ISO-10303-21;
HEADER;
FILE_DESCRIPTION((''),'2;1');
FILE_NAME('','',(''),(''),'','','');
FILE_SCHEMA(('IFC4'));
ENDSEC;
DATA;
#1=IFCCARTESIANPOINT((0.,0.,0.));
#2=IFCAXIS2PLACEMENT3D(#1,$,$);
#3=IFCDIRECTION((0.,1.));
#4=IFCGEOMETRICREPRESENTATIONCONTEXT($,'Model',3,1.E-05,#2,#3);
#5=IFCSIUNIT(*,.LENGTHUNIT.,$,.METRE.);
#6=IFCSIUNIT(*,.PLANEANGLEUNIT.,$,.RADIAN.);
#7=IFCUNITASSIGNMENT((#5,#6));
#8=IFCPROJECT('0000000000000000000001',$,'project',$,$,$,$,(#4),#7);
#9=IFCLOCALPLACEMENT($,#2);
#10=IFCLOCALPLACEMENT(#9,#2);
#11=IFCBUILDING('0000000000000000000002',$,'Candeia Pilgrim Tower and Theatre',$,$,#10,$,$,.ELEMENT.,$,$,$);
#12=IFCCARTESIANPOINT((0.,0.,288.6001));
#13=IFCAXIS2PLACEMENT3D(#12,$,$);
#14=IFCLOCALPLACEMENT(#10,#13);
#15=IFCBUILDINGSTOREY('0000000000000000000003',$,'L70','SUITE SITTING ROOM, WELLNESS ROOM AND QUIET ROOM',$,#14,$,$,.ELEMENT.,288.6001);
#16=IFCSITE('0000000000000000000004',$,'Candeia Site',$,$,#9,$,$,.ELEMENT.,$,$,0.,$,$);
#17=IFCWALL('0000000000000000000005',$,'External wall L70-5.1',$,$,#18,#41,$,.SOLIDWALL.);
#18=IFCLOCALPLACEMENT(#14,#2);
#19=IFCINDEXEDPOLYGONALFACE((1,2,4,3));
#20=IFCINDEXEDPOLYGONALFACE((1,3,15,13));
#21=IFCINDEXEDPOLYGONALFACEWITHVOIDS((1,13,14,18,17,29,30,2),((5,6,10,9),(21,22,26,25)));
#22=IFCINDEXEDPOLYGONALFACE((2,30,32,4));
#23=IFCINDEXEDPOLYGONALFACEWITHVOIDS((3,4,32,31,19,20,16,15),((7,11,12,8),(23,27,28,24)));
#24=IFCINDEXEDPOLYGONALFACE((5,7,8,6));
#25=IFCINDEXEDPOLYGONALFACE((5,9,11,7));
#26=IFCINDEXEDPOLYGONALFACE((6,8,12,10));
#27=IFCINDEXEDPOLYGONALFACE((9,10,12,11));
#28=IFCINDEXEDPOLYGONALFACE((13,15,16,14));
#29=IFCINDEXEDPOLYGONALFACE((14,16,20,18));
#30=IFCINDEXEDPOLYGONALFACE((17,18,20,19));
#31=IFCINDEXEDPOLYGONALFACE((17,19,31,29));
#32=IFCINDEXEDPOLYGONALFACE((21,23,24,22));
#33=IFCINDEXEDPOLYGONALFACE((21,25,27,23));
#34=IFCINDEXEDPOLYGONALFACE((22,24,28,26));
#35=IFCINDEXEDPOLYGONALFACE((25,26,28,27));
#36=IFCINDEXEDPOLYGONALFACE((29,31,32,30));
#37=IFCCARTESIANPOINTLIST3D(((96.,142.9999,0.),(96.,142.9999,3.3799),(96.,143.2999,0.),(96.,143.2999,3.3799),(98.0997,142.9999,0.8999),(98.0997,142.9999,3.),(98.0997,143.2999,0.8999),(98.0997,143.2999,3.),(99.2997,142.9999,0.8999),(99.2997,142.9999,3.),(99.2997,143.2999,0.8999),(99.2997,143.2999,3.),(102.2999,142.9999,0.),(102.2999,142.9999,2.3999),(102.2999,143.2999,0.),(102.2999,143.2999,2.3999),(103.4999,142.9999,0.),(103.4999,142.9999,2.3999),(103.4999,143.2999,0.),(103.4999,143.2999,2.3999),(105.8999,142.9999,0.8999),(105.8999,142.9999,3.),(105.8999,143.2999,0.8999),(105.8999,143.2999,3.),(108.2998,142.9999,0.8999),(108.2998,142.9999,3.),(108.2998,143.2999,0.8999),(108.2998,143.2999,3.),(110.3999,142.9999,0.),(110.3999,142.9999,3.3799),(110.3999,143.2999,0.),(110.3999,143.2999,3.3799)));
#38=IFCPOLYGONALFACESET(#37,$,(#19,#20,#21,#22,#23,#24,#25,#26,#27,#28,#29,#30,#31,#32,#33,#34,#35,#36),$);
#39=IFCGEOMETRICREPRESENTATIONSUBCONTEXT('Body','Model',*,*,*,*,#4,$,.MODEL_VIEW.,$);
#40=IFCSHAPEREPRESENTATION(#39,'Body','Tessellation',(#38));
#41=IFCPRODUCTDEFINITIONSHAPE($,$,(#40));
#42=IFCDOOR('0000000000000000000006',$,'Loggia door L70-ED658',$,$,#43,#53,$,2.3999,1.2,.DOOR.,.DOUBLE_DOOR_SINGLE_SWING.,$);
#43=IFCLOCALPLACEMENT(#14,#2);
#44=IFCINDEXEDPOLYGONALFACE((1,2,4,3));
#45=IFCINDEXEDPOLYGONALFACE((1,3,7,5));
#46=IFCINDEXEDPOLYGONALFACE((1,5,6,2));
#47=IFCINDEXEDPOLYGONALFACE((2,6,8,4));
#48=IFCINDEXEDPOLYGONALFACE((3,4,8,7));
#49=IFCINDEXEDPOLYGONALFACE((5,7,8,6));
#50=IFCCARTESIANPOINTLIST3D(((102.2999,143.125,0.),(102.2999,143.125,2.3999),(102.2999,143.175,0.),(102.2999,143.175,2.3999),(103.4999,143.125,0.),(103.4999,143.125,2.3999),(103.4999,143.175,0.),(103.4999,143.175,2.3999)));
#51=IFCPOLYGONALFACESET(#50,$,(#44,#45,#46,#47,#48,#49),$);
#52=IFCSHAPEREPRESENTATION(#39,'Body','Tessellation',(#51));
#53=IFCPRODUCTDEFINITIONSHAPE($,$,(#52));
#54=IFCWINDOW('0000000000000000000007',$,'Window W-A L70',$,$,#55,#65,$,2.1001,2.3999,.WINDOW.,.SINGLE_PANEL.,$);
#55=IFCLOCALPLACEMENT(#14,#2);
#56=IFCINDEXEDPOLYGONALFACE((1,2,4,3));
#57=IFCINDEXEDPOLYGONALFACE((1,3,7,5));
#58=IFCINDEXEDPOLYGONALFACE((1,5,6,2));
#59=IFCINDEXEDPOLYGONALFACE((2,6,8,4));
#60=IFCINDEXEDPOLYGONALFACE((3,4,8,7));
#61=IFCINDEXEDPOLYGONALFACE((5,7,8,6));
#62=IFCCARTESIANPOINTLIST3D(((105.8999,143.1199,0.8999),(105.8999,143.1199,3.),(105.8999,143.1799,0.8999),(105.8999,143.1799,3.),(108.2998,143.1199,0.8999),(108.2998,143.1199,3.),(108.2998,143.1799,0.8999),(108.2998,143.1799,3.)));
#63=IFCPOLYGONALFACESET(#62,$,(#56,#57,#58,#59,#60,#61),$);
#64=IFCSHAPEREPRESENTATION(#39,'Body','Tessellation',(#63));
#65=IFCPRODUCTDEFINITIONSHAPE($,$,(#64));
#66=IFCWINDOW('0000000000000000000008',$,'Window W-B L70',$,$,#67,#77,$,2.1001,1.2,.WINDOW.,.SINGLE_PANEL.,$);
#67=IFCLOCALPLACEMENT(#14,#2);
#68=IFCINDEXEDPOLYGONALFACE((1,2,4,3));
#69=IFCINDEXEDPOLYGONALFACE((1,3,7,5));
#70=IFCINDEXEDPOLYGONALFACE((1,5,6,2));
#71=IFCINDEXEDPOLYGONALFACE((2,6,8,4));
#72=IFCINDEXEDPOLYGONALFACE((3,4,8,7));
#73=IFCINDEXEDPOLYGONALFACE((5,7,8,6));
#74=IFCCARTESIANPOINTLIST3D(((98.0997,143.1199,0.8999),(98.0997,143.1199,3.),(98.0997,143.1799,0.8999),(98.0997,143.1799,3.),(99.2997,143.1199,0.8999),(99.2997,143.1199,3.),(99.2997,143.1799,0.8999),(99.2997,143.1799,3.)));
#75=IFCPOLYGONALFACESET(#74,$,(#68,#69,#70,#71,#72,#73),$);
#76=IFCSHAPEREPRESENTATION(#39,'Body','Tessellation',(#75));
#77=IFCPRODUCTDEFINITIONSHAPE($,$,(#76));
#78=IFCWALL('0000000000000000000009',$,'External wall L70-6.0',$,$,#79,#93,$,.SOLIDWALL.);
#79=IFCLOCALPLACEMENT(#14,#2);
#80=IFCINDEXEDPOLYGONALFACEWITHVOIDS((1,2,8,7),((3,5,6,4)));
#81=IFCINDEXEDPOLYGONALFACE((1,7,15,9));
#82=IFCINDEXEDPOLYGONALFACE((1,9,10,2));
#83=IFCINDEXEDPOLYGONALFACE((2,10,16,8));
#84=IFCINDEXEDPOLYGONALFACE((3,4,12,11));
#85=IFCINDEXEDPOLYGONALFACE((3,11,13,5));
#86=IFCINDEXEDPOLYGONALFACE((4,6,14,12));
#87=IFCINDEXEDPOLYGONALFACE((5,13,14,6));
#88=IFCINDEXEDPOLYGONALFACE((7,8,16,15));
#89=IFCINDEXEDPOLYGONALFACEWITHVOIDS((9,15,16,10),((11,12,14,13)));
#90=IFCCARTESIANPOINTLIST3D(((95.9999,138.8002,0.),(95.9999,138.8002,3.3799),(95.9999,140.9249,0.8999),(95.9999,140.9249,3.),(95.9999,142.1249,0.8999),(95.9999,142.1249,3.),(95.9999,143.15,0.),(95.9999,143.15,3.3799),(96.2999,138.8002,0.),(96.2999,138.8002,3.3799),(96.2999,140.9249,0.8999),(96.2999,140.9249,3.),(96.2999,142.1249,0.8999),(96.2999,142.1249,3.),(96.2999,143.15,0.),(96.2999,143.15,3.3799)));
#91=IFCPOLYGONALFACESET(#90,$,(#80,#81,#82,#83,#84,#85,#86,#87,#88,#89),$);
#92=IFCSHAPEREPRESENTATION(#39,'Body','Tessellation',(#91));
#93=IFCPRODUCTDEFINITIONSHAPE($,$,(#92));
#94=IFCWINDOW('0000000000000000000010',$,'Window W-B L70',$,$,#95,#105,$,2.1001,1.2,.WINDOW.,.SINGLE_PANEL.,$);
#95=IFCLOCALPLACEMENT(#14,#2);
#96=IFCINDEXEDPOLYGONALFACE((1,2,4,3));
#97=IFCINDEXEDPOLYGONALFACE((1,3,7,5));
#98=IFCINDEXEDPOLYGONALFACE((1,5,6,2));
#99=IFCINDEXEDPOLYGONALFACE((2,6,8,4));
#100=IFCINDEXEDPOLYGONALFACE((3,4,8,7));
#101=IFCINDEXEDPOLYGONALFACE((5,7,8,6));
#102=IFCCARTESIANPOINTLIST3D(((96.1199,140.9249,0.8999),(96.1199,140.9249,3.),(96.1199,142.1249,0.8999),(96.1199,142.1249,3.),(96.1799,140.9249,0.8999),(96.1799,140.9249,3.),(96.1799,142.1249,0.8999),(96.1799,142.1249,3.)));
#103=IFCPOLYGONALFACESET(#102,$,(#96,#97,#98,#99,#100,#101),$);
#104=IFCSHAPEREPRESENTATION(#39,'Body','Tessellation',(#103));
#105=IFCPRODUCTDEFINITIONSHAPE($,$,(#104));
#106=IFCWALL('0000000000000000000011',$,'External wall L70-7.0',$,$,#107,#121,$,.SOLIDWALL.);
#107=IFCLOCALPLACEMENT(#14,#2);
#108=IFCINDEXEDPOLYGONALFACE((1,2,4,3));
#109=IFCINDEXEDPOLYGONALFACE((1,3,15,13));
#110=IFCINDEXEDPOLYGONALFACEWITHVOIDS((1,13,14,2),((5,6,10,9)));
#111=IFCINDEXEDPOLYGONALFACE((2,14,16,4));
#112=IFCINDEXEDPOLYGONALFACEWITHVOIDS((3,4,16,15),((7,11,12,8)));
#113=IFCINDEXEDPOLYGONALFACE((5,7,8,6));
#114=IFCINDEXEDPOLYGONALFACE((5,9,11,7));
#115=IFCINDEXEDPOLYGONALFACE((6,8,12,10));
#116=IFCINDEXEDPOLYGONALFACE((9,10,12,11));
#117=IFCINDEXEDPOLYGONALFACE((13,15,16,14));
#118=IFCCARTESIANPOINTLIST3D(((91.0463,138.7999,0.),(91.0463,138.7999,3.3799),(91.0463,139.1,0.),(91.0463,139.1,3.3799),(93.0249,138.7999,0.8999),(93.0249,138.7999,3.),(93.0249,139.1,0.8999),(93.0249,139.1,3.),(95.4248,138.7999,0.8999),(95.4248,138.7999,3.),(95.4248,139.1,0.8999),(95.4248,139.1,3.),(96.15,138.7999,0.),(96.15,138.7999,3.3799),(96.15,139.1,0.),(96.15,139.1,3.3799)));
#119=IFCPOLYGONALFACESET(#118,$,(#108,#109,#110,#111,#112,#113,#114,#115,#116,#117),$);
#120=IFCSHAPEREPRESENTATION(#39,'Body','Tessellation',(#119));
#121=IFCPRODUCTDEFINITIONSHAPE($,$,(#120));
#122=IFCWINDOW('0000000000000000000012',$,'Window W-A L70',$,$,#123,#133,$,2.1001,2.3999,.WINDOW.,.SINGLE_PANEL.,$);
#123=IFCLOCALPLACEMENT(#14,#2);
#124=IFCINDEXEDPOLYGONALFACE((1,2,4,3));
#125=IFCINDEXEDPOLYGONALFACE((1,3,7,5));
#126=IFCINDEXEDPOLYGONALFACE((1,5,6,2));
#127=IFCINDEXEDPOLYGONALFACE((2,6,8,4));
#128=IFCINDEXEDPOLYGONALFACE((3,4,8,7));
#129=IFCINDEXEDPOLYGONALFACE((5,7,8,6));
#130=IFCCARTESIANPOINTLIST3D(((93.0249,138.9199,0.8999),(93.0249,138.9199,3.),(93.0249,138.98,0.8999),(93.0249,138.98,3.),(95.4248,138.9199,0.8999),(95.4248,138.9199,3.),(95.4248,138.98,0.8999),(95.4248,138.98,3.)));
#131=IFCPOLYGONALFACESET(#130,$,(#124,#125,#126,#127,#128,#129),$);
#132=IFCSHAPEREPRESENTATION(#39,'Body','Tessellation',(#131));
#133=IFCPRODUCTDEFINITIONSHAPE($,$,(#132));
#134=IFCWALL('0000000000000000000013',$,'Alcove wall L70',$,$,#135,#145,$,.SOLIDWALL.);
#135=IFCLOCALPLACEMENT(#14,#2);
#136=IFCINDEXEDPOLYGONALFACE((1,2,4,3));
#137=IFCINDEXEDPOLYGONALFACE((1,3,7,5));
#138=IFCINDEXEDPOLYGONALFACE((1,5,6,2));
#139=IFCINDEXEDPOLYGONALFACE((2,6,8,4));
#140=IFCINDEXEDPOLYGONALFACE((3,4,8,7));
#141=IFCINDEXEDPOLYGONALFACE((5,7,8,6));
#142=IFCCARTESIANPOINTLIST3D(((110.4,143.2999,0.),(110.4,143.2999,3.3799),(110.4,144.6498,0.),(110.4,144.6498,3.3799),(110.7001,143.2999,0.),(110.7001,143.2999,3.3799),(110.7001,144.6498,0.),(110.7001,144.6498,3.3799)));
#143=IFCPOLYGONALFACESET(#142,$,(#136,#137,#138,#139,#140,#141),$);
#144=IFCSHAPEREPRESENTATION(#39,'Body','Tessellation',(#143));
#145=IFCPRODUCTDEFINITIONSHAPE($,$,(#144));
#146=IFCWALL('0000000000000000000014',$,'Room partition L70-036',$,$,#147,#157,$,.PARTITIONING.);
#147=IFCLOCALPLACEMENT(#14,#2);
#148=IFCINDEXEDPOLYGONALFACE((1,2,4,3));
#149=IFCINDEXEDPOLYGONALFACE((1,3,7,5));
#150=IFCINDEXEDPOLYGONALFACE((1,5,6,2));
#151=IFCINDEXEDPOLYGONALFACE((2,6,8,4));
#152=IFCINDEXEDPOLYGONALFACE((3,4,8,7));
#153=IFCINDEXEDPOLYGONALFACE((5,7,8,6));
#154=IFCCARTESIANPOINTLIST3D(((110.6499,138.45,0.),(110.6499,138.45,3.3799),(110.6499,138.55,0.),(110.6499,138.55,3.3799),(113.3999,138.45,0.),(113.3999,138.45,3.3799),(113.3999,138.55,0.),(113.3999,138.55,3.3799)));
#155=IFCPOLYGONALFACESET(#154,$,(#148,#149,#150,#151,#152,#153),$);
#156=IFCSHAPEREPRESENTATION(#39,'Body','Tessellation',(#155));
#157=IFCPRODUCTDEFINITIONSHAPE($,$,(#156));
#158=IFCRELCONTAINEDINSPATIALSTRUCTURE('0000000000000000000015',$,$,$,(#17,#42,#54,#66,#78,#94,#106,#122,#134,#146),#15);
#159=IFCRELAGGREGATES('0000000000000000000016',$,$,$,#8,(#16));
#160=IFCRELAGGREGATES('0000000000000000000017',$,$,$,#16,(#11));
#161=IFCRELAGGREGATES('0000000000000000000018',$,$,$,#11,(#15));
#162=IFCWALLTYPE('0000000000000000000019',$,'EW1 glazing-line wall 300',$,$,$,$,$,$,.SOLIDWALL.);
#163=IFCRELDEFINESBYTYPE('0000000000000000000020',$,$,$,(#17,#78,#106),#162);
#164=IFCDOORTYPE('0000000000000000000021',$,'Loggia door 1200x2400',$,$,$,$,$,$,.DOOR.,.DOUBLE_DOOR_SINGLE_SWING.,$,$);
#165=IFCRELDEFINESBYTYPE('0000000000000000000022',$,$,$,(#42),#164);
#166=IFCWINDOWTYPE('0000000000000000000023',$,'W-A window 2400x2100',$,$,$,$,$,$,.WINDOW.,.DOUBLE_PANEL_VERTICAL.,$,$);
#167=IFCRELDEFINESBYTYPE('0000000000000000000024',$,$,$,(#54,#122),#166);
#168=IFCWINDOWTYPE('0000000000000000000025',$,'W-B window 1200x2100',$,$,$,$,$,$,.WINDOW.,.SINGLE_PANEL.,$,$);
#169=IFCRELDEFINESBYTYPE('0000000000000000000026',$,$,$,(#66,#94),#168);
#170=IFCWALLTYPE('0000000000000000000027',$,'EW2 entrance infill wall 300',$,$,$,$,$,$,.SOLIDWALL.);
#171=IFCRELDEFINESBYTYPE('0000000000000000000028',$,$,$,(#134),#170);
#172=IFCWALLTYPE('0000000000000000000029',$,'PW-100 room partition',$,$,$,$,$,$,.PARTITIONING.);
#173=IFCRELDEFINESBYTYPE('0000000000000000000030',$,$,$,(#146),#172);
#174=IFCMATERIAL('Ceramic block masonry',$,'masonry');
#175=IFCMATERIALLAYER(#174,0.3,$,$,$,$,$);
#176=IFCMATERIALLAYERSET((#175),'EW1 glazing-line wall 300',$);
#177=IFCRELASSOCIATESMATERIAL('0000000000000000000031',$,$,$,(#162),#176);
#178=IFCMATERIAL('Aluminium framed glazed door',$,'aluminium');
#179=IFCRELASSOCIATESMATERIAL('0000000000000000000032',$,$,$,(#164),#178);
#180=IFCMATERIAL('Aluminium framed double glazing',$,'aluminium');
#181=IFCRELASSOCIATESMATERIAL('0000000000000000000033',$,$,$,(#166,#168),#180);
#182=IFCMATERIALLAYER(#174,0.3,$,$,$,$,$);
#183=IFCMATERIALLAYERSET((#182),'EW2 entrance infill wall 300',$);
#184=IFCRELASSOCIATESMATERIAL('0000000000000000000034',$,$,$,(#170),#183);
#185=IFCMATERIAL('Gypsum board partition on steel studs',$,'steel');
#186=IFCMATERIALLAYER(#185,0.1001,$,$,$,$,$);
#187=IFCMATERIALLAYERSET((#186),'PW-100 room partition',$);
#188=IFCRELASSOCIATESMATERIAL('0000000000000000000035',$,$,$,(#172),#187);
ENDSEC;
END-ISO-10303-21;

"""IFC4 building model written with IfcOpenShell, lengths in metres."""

from ifc_helpers import new_model, si_unit, direction, frame, frame_2d, origin, place, context, subcontext, project, spatial, rectangle, extrude, material, layer, layer_set, type_object, element, fill, save


model = new_model("IFC4")

# Units and contexts
model_context = context("Model", 3, precision=1e-05, world=origin(), true_north=direction((0.0, 1.0)))
body_context = subcontext(model_context, "Body", "Model", "MODEL_VIEW")
ifc_project = project(units=[si_unit("LENGTHUNIT", "METRE"), si_unit("PLANEANGLEUNIT", "RADIAN")], contexts=[model_context])

# Site, building, storey
site_placement = place(None, origin())
site = spatial("IfcSite", under=ifc_project, at=site_placement, Name="Candeia Site", CompositionType="ELEMENT", RefElevation=0.0)
building_placement = place(site_placement, origin())
building = spatial("IfcBuilding", under=site, at=building_placement, Name="Candeia Pilgrim Tower and Theatre", CompositionType="ELEMENT")
storey_placement = place(building_placement, frame((0.0, 0.0, 288.6001)))
storey = spatial("IfcBuildingStorey", under=building, at=storey_placement, Name="L70", Description="SUITE SITTING ROOM, WELLNESS ROOM AND QUIET ROOM", CompositionType="ELEMENT", Elevation=288.6001)

# Wall, openings, door, windows
ifc_material_1 = material(Name="Ceramic block masonry", Category="masonry")
ifc_layer_1 = layer(ifc_material_1, 0.3)
ifc_layer_set_1 = layer_set([ifc_layer_1], Name="EW1 glazing-line wall 300")
wall_type_1 = type_object("IfcWallType", Name="EW1 glazing-line wall 300", PredefinedType="SOLIDWALL", material=ifc_layer_set_1)
wall_1_placement = place(storey_placement, frame((110.3999, 143.1499, 0.0), z_axis=(0.0, 0.0, 1.0), x_axis=(-1.0, 0.0, 0.0)))
wall_1 = element("IfcWall", 1, at=wall_1_placement, inside=storey, type_object=wall_type_1, Name="External wall L70-5.1", PredefinedType="SOLIDWALL", context=body_context, shape_type="SweptSolid", body=[
    extrude(rectangle(XDim=14.3999, YDim=0.3, at=frame_2d((7.2, 0.0))), origin(), (0.0, 0.0, 1.0), 3.3799),
])
opening_1_placement = place(wall_1_placement, frame((2.1001, 0.0, 0.8999)))
opening_1 = element("IfcOpeningElement", 2, at=opening_1_placement, cuts=wall_1, PredefinedType="OPENING", context=body_context, shape_type="SweptSolid", body=[
    extrude(rectangle(XDim=2.3999, YDim=2.1001, at=frame_2d((1.2, 1.05))), frame((0.0, 0.1602, 0.0), z_axis=(0.0, -1.0, 0.0), x_axis=(1.0, 0.0, 0.0)), (0.0, 0.0, 1.0), 0.3201),
])
opening_2_placement = place(wall_1_placement, frame((6.8999, 0.0, 0.0)))
opening_2 = element("IfcOpeningElement", 3, at=opening_2_placement, cuts=wall_1, PredefinedType="OPENING", context=body_context, shape_type="SweptSolid", body=[
    extrude(rectangle(XDim=1.2, YDim=2.3999, at=frame_2d((0.6001, 1.2))), frame((0.0, 0.1602, 0.0), z_axis=(0.0, -1.0, 0.0), x_axis=(1.0, 0.0, 0.0)), (0.0, 0.0, 1.0), 0.3201),
])
opening_3_placement = place(wall_1_placement, frame((11.1001, 0.0, 0.8999)))
opening_3 = element("IfcOpeningElement", 4, at=opening_3_placement, cuts=wall_1, PredefinedType="OPENING", context=body_context, shape_type="SweptSolid", body=[
    extrude(rectangle(XDim=1.2, YDim=2.1001, at=frame_2d((0.6001, 1.05))), frame((0.0, 0.1602, 0.0), z_axis=(0.0, -1.0, 0.0), x_axis=(1.0, 0.0, 0.0)), (0.0, 0.0, 1.0), 0.3201),
])
ifc_material_2 = material(Name="Aluminium framed glazed door", Category="aluminium")
door_type_1 = type_object("IfcDoorType", Name="Loggia door 1200x2400", OperationType="DOUBLE_DOOR_SINGLE_SWING", PredefinedType="DOOR", material=ifc_material_2)
door_1_placement = place(opening_2_placement, origin())
door_1 = element("IfcDoor", 5, at=door_1_placement, inside=storey, type_object=door_type_1, Name="Loggia door L70-ED658", OperationType="DOUBLE_DOOR_SINGLE_SWING", OverallHeight=2.3999, OverallWidth=1.2, PredefinedType="DOOR", context=body_context, shape_type="SweptSolid", body=[
    extrude(rectangle(XDim=1.2, YDim=2.3999, at=frame_2d((0.6001, 1.2))), frame((0.0, 0.0249, 0.0), z_axis=(0.0, -1.0, 0.0), x_axis=(1.0, 0.0, 0.0)), (0.0, 0.0, 1.0), 0.05),
])
fill(opening_2, door_1)
ifc_material_3 = material(Name="Aluminium framed double glazing", Category="aluminium")
window_type_1 = type_object("IfcWindowType", Name="W-A window 2400x2100", PartitioningType="DOUBLE_PANEL_VERTICAL", PredefinedType="WINDOW", material=ifc_material_3)
window_1_placement = place(opening_1_placement, origin())
window_1 = element("IfcWindow", 6, at=window_1_placement, inside=storey, type_object=window_type_1, Name="Window W-A L70", OverallHeight=2.1001, OverallWidth=2.3999, PartitioningType="SINGLE_PANEL", PredefinedType="WINDOW", context=body_context, shape_type="SweptSolid", body=[
    extrude(rectangle(XDim=2.3999, YDim=2.1001, at=frame_2d((1.2, 1.05))), frame((0.0, 0.03, 0.0), z_axis=(0.0, -1.0, 0.0), x_axis=(1.0, 0.0, 0.0)), (0.0, 0.0, 1.0), 0.0601),
])
fill(opening_1, window_1)
window_type_2 = type_object("IfcWindowType", Name="W-B window 1200x2100", PartitioningType="SINGLE_PANEL", PredefinedType="WINDOW", material=ifc_material_3)
window_2_placement = place(opening_3_placement, origin())
window_2 = element("IfcWindow", 7, at=window_2_placement, inside=storey, type_object=window_type_2, Name="Window W-B L70", OverallHeight=2.1001, OverallWidth=1.2, PartitioningType="SINGLE_PANEL", PredefinedType="WINDOW", context=body_context, shape_type="SweptSolid", body=[
    extrude(rectangle(XDim=1.2, YDim=2.1001, at=frame_2d((0.6001, 1.05))), frame((0.0, 0.03, 0.0), z_axis=(0.0, -1.0, 0.0), x_axis=(1.0, 0.0, 0.0)), (0.0, 0.0, 1.0), 0.0601),
])
fill(opening_3, window_2)

# Walls, openings, windows
wall_2_placement = place(storey_placement, frame((96.1499, 143.1499, 0.0), z_axis=(0.0, 0.0, 1.0), x_axis=(0.0, -1.0, 0.0)))
wall_2 = element("IfcWall", 8, at=wall_2_placement, inside=storey, type_object=wall_type_1, Name="External wall L70-6.0", PredefinedType="SOLIDWALL", context=body_context, shape_type="SweptSolid", body=[
    extrude(rectangle(XDim=4.3499, YDim=0.3, at=frame_2d((2.1748, 0.0))), origin(), (0.0, 0.0, 1.0), 3.3799),
])
opening_4_placement = place(wall_2_placement, frame((1.0249, 0.0, 0.8999)))
opening_4 = element("IfcOpeningElement", 9, at=opening_4_placement, cuts=wall_2, PredefinedType="OPENING", context=body_context, shape_type="SweptSolid", body=[
    extrude(rectangle(XDim=1.2, YDim=2.1001, at=frame_2d((0.6001, 1.05))), frame((0.0, 0.1602, 0.0), z_axis=(0.0, -1.0, 0.0), x_axis=(1.0, 0.0, 0.0)), (0.0, 0.0, 1.0), 0.3201),
])
window_3_placement = place(opening_4_placement, origin())
window_3 = element("IfcWindow", 10, at=window_3_placement, inside=storey, type_object=window_type_2, Name="Window W-B L70", OverallHeight=2.1001, OverallWidth=1.2, PartitioningType="SINGLE_PANEL", PredefinedType="WINDOW", context=body_context, shape_type="SweptSolid", body=[
    extrude(rectangle(XDim=1.2, YDim=2.1001, at=frame_2d((0.6001, 1.05))), frame((0.0, 0.03, 0.0), z_axis=(0.0, -1.0, 0.0), x_axis=(1.0, 0.0, 0.0)), (0.0, 0.0, 1.0), 0.0601),
])
fill(opening_4, window_3)
wall_3_placement = place(storey_placement, frame((96.1499, 138.95, 0.0), z_axis=(0.0, 0.0, 1.0), x_axis=(-1.0, 0.0, 0.0)))
wall_3 = element("IfcWall", 11, at=wall_3_placement, inside=storey, type_object=wall_type_1, Name="External wall L70-7.0", PredefinedType="SOLIDWALL", context=body_context, shape_type="SweptSolid", body=[
    extrude(rectangle(XDim=5.1038, YDim=0.3, at=frame_2d((2.5518, 0.0))), origin(), (0.0, 0.0, 1.0), 3.3799),
])
opening_5_placement = place(wall_3_placement, frame((0.7251, 0.0, 0.8999)))
opening_5 = element("IfcOpeningElement", 12, at=opening_5_placement, cuts=wall_3, PredefinedType="OPENING", context=body_context, shape_type="SweptSolid", body=[
    extrude(rectangle(XDim=2.3999, YDim=2.1001, at=frame_2d((1.2, 1.05))), frame((0.0, 0.1602, 0.0), z_axis=(0.0, -1.0, 0.0), x_axis=(1.0, 0.0, 0.0)), (0.0, 0.0, 1.0), 0.3201),
])
window_4_placement = place(opening_5_placement, origin())
window_4 = element("IfcWindow", 13, at=window_4_placement, inside=storey, type_object=window_type_1, Name="Window W-A L70", OverallHeight=2.1001, OverallWidth=2.3999, PartitioningType="SINGLE_PANEL", PredefinedType="WINDOW", context=body_context, shape_type="SweptSolid", body=[
    extrude(rectangle(XDim=2.3999, YDim=2.1001, at=frame_2d((1.2, 1.05))), frame((0.0, 0.03, 0.0), z_axis=(0.0, -1.0, 0.0), x_axis=(1.0, 0.0, 0.0)), (0.0, 0.0, 1.0), 0.0601),
])
fill(opening_5, window_4)

# Walls
ifc_layer_2 = layer(ifc_material_1, 0.3)
ifc_layer_set_2 = layer_set([ifc_layer_2], Name="EW2 entrance infill wall 300")
wall_type_2 = type_object("IfcWallType", Name="EW2 entrance infill wall 300", PredefinedType="SOLIDWALL", material=ifc_layer_set_2)
wall_4_placement = place(storey_placement, frame((110.55, 143.3, 0.0), z_axis=(0.0, 0.0, 1.0), x_axis=(0.0, 1.0, 0.0)))
element("IfcWall", 14, at=wall_4_placement, inside=storey, type_object=wall_type_2, Name="Alcove wall L70", PredefinedType="SOLIDWALL", context=body_context, shape_type="SweptSolid", body=[
    extrude(rectangle(XDim=1.3499, YDim=0.3, at=frame_2d((0.6748, 0.0))), origin(), (0.0, 0.0, 1.0), 3.3799),
])
ifc_material_4 = material(Name="Gypsum board partition on steel studs", Category="steel")
ifc_layer_3 = layer(ifc_material_4, 0.1001)
ifc_layer_set_3 = layer_set([ifc_layer_3], Name="PW-100 room partition")
wall_type_3 = type_object("IfcWallType", Name="PW-100 room partition", PredefinedType="PARTITIONING", material=ifc_layer_set_3)
wall_5_placement = place(storey_placement, frame((110.6499, 138.5, 0.0), z_axis=(0.0, 0.0, 1.0), x_axis=(1.0, 0.0, 0.0)))
element("IfcWall", 15, at=wall_5_placement, inside=storey, type_object=wall_type_3, Name="Room partition L70-036", PredefinedType="PARTITIONING", context=body_context, shape_type="SweptSolid", body=[
    extrude(rectangle(XDim=2.75, YDim=0.1001, at=frame_2d((1.375, 0.0))), origin(), (0.0, 0.0, 1.0), 3.3799),
])

save(model, "model.ifc")
